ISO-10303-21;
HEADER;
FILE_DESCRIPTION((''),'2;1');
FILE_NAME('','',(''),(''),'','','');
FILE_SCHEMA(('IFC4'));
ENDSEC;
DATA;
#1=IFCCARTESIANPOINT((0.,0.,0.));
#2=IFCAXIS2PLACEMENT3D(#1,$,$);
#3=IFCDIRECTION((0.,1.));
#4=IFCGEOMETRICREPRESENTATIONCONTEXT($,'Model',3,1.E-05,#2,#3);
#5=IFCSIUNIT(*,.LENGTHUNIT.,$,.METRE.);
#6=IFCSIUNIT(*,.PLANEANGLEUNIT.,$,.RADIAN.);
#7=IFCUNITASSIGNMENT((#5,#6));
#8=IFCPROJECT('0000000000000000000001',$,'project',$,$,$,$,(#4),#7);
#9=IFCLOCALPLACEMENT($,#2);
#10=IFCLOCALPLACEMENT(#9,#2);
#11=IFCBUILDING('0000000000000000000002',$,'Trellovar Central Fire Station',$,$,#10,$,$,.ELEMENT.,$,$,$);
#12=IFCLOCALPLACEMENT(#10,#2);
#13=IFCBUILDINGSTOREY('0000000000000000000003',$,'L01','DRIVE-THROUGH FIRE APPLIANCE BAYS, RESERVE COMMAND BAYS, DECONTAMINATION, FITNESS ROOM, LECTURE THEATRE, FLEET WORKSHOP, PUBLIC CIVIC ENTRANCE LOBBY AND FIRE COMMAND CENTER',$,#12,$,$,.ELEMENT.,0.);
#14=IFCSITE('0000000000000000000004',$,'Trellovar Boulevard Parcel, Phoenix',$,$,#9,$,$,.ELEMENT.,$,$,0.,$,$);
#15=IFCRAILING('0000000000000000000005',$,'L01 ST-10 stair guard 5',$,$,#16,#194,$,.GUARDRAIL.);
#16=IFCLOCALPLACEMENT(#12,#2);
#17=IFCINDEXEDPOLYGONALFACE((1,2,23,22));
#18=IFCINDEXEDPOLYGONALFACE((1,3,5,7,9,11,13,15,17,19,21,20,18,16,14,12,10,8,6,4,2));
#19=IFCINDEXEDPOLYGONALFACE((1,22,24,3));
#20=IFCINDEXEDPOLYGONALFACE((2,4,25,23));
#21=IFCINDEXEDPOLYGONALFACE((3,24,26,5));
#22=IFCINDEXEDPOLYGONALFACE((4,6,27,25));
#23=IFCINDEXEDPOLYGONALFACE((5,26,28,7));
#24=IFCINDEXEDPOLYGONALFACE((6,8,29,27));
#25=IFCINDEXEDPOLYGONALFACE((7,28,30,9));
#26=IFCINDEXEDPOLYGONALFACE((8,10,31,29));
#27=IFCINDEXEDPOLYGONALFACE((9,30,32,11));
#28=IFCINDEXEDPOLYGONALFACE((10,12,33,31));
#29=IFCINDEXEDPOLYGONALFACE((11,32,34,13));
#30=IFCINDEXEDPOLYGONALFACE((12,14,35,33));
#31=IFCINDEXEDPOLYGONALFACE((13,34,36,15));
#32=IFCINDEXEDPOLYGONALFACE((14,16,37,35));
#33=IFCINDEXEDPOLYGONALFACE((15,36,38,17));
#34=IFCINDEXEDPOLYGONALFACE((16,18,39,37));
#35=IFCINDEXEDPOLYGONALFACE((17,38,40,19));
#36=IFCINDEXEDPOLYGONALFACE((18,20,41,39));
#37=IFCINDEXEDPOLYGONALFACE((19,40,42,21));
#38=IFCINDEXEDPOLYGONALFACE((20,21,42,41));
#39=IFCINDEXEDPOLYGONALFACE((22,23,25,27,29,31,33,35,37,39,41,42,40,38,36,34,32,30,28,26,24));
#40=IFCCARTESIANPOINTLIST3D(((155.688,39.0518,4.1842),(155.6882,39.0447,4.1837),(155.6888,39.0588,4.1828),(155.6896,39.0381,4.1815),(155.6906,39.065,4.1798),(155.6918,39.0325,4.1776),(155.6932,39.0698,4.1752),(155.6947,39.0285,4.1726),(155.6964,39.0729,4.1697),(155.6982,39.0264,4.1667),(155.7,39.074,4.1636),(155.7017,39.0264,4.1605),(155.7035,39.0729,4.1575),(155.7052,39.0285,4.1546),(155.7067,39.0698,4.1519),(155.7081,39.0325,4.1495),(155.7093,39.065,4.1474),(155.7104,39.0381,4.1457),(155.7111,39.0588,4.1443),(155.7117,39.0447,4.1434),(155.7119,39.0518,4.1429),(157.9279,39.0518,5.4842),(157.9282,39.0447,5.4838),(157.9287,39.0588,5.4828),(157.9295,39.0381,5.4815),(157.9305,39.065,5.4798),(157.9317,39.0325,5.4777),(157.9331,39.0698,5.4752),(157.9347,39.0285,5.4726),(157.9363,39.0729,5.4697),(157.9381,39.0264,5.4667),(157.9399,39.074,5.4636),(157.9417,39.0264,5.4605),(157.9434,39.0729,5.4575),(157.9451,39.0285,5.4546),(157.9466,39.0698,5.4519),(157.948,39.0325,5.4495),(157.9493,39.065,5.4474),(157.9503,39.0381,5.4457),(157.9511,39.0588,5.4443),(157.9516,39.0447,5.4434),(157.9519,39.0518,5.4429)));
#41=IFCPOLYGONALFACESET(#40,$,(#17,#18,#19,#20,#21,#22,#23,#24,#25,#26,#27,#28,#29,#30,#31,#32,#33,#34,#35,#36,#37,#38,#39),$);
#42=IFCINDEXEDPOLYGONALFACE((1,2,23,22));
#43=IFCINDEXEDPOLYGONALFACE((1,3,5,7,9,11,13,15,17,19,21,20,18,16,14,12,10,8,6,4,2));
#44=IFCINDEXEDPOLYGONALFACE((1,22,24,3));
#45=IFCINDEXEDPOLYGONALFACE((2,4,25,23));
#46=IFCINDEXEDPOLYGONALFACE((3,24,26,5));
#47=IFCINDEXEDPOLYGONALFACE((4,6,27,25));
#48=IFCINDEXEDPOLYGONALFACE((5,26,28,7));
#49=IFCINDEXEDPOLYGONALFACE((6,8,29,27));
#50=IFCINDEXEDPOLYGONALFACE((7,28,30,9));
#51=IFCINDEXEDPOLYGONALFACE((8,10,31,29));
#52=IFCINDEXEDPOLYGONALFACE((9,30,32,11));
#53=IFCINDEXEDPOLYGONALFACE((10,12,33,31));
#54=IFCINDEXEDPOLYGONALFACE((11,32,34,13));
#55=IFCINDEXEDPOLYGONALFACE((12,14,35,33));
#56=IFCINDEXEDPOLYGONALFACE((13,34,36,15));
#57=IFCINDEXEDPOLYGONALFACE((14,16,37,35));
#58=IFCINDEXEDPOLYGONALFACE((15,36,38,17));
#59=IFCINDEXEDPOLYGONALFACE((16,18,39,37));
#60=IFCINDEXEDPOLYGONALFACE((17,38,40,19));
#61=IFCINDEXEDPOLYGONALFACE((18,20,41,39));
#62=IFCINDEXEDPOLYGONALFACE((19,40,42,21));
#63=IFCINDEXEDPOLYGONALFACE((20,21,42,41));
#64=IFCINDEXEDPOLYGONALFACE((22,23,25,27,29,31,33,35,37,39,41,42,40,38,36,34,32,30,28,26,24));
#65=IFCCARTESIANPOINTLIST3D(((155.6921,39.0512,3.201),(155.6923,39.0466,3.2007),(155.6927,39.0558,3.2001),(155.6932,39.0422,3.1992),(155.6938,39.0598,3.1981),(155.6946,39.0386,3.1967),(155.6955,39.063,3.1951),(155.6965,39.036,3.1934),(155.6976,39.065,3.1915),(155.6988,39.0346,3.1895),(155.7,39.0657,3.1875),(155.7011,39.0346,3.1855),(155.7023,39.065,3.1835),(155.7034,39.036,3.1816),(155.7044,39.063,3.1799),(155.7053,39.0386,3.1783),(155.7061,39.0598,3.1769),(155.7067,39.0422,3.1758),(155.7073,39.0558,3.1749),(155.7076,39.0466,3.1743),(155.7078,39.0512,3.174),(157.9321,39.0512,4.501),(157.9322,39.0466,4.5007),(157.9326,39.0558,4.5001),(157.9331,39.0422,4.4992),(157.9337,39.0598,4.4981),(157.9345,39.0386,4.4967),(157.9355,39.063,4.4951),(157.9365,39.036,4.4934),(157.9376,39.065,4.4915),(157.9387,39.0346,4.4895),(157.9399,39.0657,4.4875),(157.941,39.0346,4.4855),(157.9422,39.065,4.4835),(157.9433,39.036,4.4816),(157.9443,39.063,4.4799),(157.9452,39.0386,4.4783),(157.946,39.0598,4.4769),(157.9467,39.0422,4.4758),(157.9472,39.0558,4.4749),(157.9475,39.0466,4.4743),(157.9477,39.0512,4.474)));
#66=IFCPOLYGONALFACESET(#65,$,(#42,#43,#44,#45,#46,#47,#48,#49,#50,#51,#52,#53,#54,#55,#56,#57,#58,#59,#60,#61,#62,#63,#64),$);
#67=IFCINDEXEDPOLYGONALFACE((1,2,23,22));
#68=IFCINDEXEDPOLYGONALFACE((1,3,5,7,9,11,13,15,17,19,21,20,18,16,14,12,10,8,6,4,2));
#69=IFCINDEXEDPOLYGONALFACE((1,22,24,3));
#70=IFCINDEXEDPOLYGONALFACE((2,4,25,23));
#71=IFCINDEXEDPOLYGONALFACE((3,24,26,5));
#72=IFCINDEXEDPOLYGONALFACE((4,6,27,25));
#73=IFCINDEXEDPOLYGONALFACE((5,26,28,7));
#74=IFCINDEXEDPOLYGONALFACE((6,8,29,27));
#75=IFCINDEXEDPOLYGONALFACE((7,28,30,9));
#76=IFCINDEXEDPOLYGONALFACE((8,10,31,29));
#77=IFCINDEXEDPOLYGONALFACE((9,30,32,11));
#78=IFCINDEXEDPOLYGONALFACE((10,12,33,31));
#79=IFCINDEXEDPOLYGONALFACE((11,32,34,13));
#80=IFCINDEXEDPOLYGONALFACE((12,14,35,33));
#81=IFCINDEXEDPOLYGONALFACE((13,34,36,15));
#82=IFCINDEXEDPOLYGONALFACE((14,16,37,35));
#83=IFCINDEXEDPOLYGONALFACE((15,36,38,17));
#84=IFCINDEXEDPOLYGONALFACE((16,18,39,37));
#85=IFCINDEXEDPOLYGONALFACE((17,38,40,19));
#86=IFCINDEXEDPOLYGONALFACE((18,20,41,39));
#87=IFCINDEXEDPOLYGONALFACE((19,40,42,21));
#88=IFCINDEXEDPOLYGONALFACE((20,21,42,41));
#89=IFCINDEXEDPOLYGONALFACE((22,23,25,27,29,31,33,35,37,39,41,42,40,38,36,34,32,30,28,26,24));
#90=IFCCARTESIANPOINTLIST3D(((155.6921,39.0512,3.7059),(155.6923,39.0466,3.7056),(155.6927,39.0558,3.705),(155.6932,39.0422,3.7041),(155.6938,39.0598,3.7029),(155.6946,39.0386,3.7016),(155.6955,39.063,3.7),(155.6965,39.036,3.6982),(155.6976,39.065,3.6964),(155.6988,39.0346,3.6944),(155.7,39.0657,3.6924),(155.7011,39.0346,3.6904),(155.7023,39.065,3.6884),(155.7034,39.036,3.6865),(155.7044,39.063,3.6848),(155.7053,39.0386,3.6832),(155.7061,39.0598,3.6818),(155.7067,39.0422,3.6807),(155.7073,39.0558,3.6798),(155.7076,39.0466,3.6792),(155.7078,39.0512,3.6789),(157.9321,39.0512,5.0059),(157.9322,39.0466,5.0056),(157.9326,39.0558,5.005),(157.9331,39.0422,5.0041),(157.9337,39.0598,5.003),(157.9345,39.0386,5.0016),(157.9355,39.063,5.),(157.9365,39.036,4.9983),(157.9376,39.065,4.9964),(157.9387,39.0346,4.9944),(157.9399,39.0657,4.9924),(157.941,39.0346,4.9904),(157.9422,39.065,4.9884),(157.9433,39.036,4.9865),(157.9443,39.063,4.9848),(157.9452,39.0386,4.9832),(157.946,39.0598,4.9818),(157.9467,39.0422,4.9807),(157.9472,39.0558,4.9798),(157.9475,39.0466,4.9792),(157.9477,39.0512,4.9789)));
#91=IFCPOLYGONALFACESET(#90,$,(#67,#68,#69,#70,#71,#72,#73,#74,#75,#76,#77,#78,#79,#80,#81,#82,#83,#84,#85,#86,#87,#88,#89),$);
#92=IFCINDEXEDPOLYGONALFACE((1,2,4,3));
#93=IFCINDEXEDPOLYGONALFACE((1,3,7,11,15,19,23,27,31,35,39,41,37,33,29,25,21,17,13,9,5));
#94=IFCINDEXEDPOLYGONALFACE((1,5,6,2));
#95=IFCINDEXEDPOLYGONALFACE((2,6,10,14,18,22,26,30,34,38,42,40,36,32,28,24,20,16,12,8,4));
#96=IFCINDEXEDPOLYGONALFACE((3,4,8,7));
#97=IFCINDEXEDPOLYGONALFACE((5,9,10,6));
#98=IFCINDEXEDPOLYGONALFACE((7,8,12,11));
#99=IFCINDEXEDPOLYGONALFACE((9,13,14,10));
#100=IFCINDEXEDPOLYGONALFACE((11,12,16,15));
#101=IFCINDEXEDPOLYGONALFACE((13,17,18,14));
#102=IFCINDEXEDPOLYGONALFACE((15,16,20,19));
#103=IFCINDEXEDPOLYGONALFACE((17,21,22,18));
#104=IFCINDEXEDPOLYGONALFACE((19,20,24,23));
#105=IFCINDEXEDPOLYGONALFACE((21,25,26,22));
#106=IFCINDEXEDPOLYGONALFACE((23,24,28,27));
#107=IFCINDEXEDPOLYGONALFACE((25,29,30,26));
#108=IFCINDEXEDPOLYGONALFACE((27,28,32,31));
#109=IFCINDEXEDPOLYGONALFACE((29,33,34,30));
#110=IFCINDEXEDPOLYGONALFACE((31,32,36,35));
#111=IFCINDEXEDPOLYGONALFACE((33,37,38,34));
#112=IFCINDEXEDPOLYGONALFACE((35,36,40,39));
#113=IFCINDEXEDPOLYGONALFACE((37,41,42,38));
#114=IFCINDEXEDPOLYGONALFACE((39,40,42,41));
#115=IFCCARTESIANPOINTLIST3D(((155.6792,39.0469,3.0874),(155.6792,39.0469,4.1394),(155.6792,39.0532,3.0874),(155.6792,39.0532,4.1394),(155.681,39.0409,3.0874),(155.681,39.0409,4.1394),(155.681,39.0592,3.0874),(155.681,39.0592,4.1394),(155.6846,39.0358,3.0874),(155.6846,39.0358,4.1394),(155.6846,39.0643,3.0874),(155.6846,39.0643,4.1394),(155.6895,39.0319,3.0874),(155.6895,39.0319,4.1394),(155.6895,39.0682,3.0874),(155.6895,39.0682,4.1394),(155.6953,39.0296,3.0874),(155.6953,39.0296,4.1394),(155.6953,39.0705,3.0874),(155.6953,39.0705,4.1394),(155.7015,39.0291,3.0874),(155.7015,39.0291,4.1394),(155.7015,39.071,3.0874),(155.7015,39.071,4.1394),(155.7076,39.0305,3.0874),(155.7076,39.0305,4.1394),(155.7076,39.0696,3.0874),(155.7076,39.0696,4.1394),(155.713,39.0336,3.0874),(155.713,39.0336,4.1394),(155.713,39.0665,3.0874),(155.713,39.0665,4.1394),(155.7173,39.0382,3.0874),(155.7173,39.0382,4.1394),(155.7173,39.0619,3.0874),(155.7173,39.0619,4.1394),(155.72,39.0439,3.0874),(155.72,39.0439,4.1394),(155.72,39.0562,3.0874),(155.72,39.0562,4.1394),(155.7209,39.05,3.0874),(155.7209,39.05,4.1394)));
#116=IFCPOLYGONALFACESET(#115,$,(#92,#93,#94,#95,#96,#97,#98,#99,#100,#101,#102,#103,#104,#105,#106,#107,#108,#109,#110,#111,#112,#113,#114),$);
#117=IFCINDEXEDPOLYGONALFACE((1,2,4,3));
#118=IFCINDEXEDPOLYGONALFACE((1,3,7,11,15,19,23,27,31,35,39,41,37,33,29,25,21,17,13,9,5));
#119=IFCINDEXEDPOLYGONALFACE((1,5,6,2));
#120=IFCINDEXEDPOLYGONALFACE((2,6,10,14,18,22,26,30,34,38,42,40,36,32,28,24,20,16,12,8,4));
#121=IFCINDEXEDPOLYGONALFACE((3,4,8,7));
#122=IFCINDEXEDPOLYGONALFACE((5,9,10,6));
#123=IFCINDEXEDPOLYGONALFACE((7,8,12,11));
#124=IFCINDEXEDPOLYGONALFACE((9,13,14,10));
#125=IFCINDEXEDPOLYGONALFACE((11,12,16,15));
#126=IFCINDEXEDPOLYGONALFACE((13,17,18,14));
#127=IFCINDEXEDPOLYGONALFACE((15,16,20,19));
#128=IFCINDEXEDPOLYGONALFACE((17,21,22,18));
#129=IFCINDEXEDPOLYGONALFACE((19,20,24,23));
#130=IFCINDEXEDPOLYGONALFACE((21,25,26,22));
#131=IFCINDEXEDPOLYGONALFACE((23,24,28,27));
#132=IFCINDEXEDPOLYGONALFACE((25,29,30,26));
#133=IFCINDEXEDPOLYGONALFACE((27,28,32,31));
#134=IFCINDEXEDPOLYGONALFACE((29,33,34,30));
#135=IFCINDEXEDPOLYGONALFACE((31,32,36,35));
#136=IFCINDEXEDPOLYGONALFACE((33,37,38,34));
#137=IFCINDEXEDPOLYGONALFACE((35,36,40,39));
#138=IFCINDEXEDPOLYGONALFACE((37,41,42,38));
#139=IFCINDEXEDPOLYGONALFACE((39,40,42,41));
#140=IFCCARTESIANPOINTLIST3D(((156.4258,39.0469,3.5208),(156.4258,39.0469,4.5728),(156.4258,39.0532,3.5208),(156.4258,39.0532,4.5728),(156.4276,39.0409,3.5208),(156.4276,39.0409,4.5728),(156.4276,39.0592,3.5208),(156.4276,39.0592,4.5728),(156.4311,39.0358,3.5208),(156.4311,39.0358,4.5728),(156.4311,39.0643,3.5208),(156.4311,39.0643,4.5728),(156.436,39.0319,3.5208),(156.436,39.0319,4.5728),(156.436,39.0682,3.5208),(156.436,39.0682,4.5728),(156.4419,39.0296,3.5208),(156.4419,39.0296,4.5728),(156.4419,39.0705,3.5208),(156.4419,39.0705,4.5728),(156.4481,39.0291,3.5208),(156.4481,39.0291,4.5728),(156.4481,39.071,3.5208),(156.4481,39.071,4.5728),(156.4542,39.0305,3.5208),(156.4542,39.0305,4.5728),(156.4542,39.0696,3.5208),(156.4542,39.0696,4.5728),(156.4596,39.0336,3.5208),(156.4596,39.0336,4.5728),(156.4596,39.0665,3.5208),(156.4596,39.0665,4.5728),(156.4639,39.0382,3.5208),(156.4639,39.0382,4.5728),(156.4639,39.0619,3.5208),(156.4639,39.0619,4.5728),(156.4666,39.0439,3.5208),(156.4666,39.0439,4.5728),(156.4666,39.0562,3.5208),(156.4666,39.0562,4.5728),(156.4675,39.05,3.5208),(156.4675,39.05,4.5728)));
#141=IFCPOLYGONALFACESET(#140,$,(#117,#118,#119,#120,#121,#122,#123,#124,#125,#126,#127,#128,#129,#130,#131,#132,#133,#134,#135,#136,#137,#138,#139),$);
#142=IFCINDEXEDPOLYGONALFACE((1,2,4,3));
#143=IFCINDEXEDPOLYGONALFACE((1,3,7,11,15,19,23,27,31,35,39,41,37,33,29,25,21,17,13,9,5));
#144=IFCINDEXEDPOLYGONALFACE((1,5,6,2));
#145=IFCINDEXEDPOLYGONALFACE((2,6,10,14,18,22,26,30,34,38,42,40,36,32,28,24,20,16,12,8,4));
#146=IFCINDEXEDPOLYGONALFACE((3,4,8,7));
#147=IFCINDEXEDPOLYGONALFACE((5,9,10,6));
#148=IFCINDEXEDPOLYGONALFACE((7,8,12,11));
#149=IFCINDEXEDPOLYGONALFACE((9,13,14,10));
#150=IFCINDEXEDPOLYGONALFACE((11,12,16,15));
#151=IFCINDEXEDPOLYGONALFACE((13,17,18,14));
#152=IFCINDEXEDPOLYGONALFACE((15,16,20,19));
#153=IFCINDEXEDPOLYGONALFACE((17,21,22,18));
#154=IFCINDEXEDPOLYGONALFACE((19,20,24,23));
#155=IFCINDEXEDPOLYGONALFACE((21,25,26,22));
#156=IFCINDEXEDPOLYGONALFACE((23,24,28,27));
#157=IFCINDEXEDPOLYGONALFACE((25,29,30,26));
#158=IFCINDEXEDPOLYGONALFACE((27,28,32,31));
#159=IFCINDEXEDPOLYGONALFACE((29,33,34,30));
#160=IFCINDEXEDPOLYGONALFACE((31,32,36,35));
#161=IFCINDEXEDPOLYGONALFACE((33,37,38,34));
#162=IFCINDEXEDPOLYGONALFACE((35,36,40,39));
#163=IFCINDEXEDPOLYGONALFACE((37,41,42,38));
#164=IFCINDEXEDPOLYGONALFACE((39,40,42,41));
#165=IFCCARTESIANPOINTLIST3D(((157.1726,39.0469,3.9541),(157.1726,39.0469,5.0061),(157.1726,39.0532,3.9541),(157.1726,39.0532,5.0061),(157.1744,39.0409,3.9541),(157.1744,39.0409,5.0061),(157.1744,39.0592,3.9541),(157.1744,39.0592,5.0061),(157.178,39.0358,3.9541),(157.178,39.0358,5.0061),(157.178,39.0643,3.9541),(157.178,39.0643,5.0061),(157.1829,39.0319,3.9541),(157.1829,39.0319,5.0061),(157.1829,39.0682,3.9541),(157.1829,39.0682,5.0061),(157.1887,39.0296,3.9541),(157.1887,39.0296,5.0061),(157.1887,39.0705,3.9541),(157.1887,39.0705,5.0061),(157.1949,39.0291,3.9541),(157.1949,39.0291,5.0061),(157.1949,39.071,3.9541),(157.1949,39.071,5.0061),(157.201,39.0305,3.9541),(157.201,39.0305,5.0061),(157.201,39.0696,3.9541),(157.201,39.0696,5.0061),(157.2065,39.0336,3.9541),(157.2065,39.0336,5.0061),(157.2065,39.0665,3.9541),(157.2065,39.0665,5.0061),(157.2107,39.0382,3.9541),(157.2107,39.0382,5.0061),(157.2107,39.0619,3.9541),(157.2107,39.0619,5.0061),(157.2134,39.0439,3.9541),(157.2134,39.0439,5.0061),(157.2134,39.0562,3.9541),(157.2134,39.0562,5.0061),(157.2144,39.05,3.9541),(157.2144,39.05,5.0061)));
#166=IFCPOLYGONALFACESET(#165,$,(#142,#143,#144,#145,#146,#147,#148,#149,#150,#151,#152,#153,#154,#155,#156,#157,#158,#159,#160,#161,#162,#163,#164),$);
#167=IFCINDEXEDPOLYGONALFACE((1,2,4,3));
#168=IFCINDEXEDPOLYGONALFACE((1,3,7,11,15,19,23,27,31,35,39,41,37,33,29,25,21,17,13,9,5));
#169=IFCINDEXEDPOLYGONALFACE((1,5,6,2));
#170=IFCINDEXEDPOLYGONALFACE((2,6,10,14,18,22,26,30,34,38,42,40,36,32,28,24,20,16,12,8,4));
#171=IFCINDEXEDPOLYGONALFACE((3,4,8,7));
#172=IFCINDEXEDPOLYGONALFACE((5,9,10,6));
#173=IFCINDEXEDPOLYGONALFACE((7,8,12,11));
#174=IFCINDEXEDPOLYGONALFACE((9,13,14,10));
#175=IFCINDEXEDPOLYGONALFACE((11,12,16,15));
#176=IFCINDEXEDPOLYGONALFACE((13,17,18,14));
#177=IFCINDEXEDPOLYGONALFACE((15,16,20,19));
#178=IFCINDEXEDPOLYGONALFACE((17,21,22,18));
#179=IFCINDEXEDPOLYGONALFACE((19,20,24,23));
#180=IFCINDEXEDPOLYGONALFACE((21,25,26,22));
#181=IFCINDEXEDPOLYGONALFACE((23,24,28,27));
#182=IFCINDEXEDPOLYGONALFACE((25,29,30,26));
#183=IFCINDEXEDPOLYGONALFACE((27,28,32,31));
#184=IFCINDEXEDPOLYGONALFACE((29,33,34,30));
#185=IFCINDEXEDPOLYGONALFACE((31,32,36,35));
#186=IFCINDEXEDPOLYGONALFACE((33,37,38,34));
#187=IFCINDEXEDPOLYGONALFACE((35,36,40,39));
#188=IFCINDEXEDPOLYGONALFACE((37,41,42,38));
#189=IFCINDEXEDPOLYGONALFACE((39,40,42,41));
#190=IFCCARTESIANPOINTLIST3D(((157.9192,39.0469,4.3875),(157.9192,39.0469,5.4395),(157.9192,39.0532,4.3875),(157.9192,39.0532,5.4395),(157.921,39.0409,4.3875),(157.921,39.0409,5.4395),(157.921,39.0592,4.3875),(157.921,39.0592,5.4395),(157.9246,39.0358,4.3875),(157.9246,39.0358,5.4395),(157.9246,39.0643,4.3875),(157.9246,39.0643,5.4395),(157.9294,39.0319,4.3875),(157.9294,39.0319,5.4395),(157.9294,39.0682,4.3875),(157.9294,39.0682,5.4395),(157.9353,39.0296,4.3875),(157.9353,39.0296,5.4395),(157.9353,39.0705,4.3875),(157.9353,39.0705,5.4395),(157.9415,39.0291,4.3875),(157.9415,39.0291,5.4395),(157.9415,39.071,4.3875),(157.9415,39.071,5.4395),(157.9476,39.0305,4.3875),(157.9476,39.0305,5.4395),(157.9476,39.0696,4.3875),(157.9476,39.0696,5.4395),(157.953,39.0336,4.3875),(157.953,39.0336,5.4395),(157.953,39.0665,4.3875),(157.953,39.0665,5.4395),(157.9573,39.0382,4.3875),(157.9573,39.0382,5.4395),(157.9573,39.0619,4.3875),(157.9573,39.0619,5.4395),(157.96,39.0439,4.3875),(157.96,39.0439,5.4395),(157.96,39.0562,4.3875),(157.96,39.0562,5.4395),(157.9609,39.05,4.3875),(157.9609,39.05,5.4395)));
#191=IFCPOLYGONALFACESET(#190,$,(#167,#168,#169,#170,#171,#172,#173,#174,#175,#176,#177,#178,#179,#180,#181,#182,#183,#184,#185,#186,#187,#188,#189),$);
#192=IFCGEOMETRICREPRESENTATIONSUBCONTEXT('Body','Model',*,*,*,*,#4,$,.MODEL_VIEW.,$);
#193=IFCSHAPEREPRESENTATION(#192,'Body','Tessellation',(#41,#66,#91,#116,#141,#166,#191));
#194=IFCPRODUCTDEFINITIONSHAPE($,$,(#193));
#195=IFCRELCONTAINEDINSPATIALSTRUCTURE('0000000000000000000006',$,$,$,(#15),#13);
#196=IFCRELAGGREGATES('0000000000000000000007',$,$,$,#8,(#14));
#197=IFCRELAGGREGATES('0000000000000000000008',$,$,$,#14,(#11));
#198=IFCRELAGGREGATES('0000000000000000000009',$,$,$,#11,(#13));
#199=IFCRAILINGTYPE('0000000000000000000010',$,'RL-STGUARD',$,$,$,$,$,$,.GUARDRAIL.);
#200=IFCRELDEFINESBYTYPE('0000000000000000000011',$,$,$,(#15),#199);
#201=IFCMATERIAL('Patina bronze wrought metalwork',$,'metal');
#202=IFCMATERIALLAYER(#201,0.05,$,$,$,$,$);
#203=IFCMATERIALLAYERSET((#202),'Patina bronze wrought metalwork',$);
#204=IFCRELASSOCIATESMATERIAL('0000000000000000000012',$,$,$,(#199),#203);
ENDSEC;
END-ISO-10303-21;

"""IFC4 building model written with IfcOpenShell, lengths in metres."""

from ifc_helpers import new_model, si_unit, direction, frame, origin, origin_2d, place, context, subcontext, project, spatial, circle, extrude, material, layer, layer_set, type_object, element, save


model = new_model("IFC4")

# Units and contexts
model_context = context("Model", 3, precision=1e-05, world=origin(), true_north=direction((0.0, 1.0)))
body_context = subcontext(model_context, "Body", "Model", "MODEL_VIEW")
ifc_project = project(units=[si_unit("LENGTHUNIT", "METRE"), si_unit("PLANEANGLEUNIT", "RADIAN")], contexts=[model_context])

# Site, building, storey
site_placement = place(None, origin())
site = spatial("IfcSite", under=ifc_project, at=site_placement, Name="Trellovar Boulevard Parcel, Phoenix", CompositionType="ELEMENT", RefElevation=0.0)
building_placement = place(site_placement, origin())
building = spatial("IfcBuilding", under=site, at=building_placement, Name="Trellovar Central Fire Station", CompositionType="ELEMENT")
storey_placement = place(building_placement, origin())
storey = spatial("IfcBuildingStorey", under=building, at=storey_placement, Name="L01", Description="DRIVE-THROUGH FIRE APPLIANCE BAYS, RESERVE COMMAND BAYS, DECONTAMINATION, FITNESS ROOM, LECTURE THEATRE, FLEET WORKSHOP, PUBLIC CIVIC ENTRANCE LOBBY AND FIRE COMMAND CENTER", CompositionType="ELEMENT", Elevation=0.0)

# Railing
ifc_material_1 = material(Name="Patina bronze wrought metalwork", Category="metal")
ifc_layer_1 = layer(ifc_material_1, 0.05)
ifc_layer_set_1 = layer_set([ifc_layer_1], Name="Patina bronze wrought metalwork")
railing_type_1 = type_object("IfcRailingType", Name="RL-STGUARD", PredefinedType="GUARDRAIL", material=ifc_layer_set_1)
railing_1_placement = place(storey_placement, frame((155.7, 39.05, 3.0874)))
element("IfcRailing", 1, at=railing_1_placement, inside=storey, type_object=railing_type_1, Name="L01 ST-10 stair guard 5", PredefinedType="GUARDRAIL", context=body_context, shape_type="SweptSolid", body=[
    extrude(circle(Radius=0.0239, at=origin_2d()), frame((0.0, 0.0, 1.0762), z_axis=(0.864888, 0.0, 0.501965), x_axis=(0.0, 1.0, 0.0)), (0.0, 0.0, 1.0), 2.5898),
    extrude(circle(Radius=0.0156, at=origin_2d()), frame((0.0, 0.0, 0.1001), z_axis=(0.864888, 0.0, 0.501965), x_axis=(0.0, 1.0, 0.0)), (0.0, 0.0, 1.0), 2.5898),
    extrude(circle(Radius=0.0156, at=origin_2d()), frame((0.0, 0.0, 0.605), z_axis=(0.864888, 0.0, 0.501965), x_axis=(0.0, 1.0, 0.0)), (0.0, 0.0, 1.0), 2.5898),
    extrude(circle(Radius=0.021, at=origin_2d()), origin(), (0.0, 0.0, 1.0), 1.052),
    extrude(circle(Radius=0.021, at=origin_2d()), frame((0.7466, 0.0, 0.4333)), (0.0, 0.0, 1.0), 1.052),
    extrude(circle(Radius=0.021, at=origin_2d()), frame((1.4934, 0.0, 0.8667)), (0.0, 0.0, 1.0), 1.052),
    extrude(circle(Radius=0.021, at=origin_2d()), frame((2.24, 0.0, 1.3)), (0.0, 0.0, 1.0), 1.052),
])

save(model, "model.ifc")
